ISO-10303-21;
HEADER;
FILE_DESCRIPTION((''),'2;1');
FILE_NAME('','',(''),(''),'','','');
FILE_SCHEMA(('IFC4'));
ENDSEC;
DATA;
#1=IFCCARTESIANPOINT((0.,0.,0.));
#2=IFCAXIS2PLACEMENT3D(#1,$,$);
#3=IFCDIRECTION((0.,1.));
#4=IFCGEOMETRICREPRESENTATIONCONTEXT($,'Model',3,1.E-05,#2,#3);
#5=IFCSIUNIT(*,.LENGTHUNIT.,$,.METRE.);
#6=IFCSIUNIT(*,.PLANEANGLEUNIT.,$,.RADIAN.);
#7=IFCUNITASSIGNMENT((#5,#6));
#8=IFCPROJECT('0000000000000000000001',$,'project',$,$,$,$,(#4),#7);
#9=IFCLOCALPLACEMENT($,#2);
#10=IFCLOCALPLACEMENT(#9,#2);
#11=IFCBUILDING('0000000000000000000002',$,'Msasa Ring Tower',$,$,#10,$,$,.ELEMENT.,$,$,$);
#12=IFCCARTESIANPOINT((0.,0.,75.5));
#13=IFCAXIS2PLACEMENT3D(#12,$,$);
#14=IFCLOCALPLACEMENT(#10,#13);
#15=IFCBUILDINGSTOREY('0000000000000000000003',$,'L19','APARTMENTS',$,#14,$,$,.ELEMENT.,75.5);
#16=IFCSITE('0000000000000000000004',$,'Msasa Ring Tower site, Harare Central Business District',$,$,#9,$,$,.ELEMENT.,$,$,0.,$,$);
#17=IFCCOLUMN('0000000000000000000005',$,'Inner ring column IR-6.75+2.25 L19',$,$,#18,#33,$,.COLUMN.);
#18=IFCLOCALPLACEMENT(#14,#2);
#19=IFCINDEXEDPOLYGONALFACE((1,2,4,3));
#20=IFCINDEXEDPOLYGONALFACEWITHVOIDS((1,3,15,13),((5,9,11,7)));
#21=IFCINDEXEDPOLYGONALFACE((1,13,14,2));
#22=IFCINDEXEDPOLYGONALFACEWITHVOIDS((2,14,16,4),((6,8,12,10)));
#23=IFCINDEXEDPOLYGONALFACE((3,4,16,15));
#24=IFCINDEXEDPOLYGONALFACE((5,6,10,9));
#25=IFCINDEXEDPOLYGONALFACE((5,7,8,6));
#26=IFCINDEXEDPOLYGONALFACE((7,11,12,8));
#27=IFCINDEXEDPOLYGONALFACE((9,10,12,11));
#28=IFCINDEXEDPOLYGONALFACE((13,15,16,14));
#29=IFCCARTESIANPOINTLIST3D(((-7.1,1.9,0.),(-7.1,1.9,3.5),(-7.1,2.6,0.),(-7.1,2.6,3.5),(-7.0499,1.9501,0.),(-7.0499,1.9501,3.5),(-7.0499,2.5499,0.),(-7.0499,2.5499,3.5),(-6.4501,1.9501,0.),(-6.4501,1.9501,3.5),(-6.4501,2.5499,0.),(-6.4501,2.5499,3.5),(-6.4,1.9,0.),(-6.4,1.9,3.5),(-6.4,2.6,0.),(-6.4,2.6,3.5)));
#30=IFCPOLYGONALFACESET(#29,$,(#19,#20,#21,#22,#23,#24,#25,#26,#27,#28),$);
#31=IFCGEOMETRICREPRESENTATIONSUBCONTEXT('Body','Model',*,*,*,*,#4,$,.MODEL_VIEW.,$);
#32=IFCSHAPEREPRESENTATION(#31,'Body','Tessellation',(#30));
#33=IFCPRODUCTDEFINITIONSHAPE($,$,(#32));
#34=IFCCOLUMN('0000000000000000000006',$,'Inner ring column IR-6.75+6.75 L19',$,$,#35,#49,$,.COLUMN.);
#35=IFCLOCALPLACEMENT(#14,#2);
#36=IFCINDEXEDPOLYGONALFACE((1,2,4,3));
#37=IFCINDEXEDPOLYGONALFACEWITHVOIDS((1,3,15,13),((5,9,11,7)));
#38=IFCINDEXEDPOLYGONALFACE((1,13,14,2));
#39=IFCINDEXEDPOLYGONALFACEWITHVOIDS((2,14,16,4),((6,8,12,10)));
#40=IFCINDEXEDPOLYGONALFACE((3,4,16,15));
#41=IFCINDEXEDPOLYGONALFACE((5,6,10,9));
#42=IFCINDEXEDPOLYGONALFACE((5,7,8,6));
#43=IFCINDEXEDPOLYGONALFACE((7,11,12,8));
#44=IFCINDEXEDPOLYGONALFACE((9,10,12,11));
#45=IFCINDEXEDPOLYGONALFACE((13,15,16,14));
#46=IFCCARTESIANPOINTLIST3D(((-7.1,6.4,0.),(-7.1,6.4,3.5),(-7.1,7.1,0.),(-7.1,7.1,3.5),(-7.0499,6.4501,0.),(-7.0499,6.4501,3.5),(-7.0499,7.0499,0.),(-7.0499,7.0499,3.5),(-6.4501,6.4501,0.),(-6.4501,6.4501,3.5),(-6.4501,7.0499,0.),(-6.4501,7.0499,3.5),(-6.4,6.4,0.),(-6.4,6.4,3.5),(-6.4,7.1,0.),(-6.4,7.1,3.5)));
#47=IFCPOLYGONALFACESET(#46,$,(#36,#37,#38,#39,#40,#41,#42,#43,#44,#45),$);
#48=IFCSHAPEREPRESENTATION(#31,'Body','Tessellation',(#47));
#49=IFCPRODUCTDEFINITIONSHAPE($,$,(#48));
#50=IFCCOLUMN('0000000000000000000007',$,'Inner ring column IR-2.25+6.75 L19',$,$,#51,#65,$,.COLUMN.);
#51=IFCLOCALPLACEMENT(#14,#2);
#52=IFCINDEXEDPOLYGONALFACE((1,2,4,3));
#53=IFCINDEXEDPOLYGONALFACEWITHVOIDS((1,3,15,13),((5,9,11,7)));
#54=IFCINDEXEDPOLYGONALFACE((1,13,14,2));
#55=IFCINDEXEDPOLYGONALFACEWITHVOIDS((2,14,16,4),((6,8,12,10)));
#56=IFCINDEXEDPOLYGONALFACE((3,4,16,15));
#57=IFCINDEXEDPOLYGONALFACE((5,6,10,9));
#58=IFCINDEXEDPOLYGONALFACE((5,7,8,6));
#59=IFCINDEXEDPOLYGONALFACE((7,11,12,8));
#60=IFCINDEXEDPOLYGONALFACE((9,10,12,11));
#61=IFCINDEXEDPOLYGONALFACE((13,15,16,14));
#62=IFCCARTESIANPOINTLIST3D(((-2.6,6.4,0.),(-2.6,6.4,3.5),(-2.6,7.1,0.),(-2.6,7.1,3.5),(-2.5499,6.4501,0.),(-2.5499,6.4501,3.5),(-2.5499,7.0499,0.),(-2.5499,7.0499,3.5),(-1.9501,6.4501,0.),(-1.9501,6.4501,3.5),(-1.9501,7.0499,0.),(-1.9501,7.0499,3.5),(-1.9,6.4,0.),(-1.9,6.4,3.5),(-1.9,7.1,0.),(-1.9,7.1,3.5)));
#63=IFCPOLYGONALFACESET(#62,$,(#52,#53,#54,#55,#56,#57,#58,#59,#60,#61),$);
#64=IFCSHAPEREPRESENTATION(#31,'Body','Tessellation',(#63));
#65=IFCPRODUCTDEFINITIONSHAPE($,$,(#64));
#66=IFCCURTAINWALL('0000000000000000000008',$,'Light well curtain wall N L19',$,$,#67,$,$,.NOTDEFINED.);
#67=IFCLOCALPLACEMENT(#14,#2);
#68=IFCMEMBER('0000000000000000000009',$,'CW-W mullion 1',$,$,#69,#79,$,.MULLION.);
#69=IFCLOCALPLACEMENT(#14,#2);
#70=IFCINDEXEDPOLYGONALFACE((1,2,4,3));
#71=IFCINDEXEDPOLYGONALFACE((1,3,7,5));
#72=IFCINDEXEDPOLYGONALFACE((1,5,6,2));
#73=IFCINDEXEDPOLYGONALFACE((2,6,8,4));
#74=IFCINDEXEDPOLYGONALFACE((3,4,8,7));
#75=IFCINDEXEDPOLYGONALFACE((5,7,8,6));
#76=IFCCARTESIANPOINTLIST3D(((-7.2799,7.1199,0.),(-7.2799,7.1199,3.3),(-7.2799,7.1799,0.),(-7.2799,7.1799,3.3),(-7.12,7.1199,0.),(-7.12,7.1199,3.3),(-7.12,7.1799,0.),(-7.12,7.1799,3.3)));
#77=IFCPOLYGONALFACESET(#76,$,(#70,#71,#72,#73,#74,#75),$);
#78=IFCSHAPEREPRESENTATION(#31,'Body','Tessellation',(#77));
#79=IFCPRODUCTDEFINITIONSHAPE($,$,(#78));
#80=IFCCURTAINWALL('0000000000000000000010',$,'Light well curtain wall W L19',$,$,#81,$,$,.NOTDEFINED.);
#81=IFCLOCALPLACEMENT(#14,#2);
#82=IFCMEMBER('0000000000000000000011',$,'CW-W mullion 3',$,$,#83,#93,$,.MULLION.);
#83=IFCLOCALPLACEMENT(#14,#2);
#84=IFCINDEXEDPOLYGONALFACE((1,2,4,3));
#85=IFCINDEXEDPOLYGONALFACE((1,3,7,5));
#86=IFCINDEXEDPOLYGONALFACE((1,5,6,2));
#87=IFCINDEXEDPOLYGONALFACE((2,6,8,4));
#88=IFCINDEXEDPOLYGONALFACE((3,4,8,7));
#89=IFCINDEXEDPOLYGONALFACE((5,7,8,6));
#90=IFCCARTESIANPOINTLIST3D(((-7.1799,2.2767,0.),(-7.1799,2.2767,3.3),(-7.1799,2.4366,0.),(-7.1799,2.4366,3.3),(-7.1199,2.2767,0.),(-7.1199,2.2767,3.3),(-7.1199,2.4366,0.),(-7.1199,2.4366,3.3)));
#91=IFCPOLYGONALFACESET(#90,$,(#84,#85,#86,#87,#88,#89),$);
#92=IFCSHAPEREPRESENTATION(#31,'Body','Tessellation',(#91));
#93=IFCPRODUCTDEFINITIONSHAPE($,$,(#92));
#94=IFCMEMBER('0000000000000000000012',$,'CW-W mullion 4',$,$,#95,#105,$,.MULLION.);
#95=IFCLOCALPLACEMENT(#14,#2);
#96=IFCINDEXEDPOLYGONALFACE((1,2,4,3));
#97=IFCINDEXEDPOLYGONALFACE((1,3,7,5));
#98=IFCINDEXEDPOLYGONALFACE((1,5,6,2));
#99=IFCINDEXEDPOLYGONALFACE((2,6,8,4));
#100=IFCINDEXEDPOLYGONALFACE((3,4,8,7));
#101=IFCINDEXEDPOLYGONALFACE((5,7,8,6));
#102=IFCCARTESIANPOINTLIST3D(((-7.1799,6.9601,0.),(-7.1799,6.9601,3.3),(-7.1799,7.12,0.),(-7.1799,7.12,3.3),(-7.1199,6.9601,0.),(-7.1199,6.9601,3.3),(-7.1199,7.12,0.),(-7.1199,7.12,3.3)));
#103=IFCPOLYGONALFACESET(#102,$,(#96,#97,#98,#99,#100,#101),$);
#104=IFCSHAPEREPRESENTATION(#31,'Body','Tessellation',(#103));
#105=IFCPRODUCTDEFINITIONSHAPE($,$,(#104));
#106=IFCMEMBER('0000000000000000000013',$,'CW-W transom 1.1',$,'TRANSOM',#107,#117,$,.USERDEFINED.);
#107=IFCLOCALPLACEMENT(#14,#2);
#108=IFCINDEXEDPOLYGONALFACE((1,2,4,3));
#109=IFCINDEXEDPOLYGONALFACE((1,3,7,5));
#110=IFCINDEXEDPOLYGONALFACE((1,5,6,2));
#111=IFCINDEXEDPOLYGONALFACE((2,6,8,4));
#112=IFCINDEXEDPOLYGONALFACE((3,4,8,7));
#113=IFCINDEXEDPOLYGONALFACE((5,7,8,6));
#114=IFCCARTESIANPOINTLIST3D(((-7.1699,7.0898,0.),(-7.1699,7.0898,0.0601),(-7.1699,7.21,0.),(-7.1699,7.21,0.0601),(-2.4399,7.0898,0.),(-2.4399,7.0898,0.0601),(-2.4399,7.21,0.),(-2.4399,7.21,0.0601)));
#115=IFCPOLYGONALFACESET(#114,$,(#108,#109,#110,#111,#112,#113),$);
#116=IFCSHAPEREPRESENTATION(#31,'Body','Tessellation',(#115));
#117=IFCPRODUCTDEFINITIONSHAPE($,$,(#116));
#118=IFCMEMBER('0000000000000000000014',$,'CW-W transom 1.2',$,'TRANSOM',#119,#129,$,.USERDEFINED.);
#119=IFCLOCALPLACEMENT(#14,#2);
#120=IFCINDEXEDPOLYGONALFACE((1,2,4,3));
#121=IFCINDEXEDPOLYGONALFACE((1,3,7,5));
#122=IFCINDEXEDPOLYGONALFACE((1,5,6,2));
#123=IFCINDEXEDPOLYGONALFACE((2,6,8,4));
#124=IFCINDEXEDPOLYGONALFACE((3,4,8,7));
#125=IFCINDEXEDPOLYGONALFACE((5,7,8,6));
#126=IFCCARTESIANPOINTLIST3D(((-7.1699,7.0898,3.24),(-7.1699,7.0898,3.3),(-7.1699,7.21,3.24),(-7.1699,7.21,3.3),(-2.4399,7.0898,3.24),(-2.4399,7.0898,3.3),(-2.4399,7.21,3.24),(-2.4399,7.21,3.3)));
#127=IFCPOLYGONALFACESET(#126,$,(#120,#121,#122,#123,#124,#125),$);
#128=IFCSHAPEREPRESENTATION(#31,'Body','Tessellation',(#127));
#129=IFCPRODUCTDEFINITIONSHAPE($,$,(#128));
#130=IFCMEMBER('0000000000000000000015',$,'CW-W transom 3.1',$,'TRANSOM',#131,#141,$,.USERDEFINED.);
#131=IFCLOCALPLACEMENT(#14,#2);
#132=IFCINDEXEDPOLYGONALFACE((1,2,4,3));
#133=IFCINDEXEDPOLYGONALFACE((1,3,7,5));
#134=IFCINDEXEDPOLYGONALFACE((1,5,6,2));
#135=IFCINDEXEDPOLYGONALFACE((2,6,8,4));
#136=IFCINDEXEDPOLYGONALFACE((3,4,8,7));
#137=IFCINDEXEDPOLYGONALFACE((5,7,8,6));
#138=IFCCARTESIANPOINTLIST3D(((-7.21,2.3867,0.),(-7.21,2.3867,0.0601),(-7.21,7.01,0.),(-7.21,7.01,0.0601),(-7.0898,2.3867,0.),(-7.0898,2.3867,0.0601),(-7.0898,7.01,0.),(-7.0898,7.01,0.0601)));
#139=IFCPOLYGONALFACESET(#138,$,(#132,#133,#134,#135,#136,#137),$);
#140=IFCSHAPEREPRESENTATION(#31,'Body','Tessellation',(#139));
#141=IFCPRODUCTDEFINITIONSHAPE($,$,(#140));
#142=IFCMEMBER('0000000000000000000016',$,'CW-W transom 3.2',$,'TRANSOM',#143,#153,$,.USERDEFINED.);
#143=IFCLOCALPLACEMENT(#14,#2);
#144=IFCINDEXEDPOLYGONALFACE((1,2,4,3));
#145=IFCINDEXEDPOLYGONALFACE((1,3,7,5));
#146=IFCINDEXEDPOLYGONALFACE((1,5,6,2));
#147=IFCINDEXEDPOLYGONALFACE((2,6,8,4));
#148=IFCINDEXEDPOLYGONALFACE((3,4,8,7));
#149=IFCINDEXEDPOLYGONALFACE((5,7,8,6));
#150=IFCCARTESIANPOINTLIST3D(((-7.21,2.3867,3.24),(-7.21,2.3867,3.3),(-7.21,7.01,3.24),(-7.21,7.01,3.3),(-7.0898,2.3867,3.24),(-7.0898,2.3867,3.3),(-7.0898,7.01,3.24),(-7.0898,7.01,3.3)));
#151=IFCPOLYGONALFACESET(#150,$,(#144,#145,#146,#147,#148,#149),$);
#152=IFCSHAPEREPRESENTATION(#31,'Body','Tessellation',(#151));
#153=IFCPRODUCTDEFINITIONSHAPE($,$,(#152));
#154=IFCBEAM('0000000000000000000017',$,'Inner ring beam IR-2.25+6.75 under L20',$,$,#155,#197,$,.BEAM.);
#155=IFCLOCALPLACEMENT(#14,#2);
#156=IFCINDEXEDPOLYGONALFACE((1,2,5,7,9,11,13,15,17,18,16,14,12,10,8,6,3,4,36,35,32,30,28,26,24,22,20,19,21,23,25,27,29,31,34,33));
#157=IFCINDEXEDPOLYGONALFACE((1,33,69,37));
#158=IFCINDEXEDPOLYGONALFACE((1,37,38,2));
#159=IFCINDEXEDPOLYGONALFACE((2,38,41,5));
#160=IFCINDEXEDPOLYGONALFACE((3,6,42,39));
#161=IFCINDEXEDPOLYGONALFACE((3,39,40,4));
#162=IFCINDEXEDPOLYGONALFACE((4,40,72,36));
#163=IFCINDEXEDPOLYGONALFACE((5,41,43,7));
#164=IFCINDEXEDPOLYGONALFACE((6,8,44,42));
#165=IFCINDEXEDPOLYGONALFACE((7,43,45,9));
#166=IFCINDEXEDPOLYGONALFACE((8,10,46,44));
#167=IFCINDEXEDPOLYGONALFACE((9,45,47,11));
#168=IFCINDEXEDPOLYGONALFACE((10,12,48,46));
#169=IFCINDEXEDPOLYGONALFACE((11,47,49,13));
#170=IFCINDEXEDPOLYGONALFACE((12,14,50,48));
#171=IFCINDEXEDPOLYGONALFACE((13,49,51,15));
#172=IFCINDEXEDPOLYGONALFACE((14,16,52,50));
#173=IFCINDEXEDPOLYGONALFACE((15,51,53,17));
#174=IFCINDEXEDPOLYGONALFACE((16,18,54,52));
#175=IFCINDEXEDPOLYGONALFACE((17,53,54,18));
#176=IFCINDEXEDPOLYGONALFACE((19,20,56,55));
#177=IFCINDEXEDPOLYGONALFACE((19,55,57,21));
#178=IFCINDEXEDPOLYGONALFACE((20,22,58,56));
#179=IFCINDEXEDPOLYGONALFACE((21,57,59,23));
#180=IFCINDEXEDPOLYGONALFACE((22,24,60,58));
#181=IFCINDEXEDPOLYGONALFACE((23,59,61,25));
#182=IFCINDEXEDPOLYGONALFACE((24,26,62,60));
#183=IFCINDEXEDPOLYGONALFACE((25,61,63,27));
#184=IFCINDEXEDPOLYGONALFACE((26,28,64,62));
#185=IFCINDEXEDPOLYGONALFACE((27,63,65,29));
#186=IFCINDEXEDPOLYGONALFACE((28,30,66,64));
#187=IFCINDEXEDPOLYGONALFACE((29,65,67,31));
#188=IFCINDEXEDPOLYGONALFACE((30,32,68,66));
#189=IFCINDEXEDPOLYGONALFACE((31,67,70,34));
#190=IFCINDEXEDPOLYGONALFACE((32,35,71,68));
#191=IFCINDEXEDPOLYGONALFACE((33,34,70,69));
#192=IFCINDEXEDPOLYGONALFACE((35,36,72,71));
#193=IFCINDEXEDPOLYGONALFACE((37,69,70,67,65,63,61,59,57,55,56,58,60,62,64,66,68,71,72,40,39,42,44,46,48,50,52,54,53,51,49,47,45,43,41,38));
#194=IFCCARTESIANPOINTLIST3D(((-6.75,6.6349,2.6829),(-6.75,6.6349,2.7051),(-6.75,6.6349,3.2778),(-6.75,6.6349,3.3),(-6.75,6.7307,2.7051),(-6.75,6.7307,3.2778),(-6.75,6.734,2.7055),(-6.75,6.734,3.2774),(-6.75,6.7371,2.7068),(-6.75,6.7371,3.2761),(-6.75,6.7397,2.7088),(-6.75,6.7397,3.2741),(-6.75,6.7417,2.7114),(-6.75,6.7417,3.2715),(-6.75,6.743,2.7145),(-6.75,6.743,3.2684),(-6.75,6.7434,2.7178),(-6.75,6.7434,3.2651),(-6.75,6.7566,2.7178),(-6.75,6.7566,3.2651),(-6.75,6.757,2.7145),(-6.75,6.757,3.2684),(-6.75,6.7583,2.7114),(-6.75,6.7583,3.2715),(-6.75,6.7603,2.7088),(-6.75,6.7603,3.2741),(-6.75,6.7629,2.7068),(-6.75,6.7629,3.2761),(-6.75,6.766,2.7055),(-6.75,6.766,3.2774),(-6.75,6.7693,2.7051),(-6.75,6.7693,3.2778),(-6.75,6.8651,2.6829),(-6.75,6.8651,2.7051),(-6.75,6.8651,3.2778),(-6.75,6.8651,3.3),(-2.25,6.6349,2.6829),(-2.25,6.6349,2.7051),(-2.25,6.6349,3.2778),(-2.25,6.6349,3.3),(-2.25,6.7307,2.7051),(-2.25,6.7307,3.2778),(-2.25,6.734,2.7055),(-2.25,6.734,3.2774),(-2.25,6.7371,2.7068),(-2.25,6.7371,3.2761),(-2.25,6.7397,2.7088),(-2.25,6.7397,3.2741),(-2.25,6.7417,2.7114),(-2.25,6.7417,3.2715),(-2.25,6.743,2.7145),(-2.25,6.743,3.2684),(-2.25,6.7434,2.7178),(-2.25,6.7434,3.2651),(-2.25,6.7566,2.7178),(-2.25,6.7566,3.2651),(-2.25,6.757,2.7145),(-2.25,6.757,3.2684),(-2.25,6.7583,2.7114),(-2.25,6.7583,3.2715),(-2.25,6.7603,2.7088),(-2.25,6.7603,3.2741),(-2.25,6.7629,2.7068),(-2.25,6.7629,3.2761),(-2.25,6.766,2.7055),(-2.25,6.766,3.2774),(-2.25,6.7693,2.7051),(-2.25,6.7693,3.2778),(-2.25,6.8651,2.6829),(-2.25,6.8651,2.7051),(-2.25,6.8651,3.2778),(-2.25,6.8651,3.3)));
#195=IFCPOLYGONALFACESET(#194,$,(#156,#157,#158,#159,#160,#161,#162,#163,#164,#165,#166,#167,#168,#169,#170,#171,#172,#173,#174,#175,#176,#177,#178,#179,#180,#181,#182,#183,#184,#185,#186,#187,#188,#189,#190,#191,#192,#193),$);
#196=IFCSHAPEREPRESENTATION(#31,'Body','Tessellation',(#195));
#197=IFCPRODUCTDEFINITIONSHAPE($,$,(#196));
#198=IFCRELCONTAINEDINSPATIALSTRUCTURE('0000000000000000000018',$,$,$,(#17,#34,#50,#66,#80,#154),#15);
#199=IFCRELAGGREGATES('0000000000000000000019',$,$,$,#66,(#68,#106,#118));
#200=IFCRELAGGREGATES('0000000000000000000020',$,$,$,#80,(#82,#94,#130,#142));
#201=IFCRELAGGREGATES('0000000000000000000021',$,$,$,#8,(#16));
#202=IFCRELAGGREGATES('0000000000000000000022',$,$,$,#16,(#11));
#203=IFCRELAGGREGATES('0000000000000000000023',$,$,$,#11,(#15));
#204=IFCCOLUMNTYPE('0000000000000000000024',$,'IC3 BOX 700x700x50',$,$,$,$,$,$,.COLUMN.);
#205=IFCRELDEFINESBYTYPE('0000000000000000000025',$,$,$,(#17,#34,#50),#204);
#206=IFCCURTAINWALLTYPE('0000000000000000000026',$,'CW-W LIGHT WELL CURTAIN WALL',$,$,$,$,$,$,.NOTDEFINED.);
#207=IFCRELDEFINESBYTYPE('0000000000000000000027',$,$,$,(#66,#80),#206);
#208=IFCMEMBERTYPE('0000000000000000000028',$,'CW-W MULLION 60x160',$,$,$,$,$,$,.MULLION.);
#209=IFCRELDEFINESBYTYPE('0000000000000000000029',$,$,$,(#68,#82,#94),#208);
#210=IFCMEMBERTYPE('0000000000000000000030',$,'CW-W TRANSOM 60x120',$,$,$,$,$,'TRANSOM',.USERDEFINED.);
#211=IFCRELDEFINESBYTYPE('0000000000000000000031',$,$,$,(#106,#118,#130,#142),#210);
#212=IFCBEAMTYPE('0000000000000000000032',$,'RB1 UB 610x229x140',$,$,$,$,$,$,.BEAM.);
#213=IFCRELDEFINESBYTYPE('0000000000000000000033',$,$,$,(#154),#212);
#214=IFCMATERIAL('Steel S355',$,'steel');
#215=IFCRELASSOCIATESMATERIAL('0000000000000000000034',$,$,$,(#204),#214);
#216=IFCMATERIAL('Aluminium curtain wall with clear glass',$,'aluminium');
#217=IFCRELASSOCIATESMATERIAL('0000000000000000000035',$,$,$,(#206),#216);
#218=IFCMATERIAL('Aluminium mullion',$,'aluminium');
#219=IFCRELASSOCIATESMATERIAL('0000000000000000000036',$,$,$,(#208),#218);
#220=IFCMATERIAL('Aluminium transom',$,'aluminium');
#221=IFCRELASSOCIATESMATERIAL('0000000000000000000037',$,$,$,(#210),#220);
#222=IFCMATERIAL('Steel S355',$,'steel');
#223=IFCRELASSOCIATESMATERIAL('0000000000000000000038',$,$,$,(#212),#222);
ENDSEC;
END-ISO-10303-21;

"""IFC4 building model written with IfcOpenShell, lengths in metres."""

from ifc_helpers import new_model, si_unit, direction, frame, origin, origin_2d, place, context, subcontext, project, spatial, rectangle, hollow_rectangle, i_section, extrude, material, material_profile, profile_set, type_object, element, aggregate, save


model = new_model("IFC4")

# Units and contexts
model_context = context("Model", 3, precision=1e-05, world=origin(), true_north=direction((0.0, 1.0)))
body_context = subcontext(model_context, "Body", "Model", "MODEL_VIEW")
ifc_project = project(units=[si_unit("LENGTHUNIT", "METRE"), si_unit("PLANEANGLEUNIT", "RADIAN")], contexts=[model_context])

# Site, building, storey
site_placement = place(None, origin())
site = spatial("IfcSite", under=ifc_project, at=site_placement, Name="Msasa Ring Tower site, Harare Central Business District", CompositionType="ELEMENT", RefElevation=0.0)
building_placement = place(site_placement, origin())
building = spatial("IfcBuilding", under=site, at=building_placement, Name="Msasa Ring Tower", CompositionType="ELEMENT")
storey_placement = place(building_placement, frame((0.0, 0.0, 75.5)))
storey = spatial("IfcBuildingStorey", under=building, at=storey_placement, Name="L19", Description="APARTMENTS", CompositionType="ELEMENT", Elevation=75.5)

# Columns
ifc_material_1 = material(Name="Steel S355", Category="steel")
ifc_material_profile_1 = material_profile(ifc_material_1, hollow_rectangle(XDim=0.7, YDim=0.7, WallThickness=0.05, at=origin_2d()), Name="BOX 700x700x50")
ifc_profile_set_1 = profile_set([ifc_material_profile_1], Name="Steel S355")
column_type = type_object("IfcColumnType", Name="IC3 BOX 700x700x50", PredefinedType="COLUMN", material=ifc_profile_set_1)
for number, where, z_axis, x_axis, name in (
    (1, (-6.75, 2.25, 0.0), (0.0, 0.0, 1.0), (1.0, 0.0, 0.0), "Inner ring column IR-6.75+2.25 L19"),
    (2, (-6.75, 6.75, 0.0), (0.0, 0.0, 1.0), (1.0, 0.0, 0.0), "Inner ring column IR-6.75+6.75 L19"),
    (3, (-2.25, 6.75, 0.0), (0.0, 0.0, 1.0), (1.0, 0.0, 0.0), "Inner ring column IR-2.25+6.75 L19"),
):
    element("IfcColumn", number, at=place(storey_placement, frame(where, z_axis=z_axis, x_axis=x_axis)), inside=storey, type_object=column_type, Name=name, PredefinedType="COLUMN", context=body_context, shape_type="SweptSolid", body=[
        extrude(hollow_rectangle(XDim=0.7, YDim=0.7, WallThickness=0.05, at=origin_2d()), origin(), (0.0, 0.0, 1.0), 3.5),
    ])

# Curtain wall, member
ifc_material_2 = material(Name="Aluminium curtain wall with clear glass", Category="aluminium")
curtain_wall_type = type_object("IfcCurtainWallType", Name="CW-W LIGHT WELL CURTAIN WALL", PredefinedType="NOTDEFINED", material=ifc_material_2)
curtain_wall_1_placement = place(storey_placement, origin())
curtain_wall_1 = element("IfcCurtainWall", 4, at=curtain_wall_1_placement, inside=storey, type_object=curtain_wall_type, Name="Light well curtain wall N L19", PredefinedType="NOTDEFINED")
ifc_material_3 = material(Name="Aluminium mullion", Category="aluminium")
ifc_material_profile_2 = material_profile(ifc_material_3, rectangle(XDim=0.0601, YDim=0.1599, at=origin_2d()), Name="AL 60x160")
ifc_profile_set_2 = profile_set([ifc_material_profile_2], Name="Aluminium mullion")
member_type_1 = type_object("IfcMemberType", Name="CW-W MULLION 60x160", PredefinedType="MULLION", material=ifc_profile_set_2)
member_1_placement = place(storey_placement, frame((-7.2, 7.1499, 0.0), z_axis=(0.0, 0.0, 1.0), x_axis=(0.0, 1.0, 0.0)))
member_1 = element("IfcMember", 5, at=member_1_placement, type_object=member_type_1, Name="CW-W mullion 1", PredefinedType="MULLION", context=body_context, shape_type="SweptSolid", body=[
    extrude(rectangle(XDim=0.0601, YDim=0.1599, at=origin_2d()), origin(), (0.0, 0.0, 1.0), 3.3),
])

# Curtain wall, members
curtain_wall_2_placement = place(storey_placement, origin())
curtain_wall_2 = element("IfcCurtainWall", 6, at=curtain_wall_2_placement, inside=storey, type_object=curtain_wall_type, Name="Light well curtain wall W L19", PredefinedType="NOTDEFINED")
member_2_placement = place(storey_placement, frame((-7.1499, 2.3567, 0.0), z_axis=(0.0, 0.0, 1.0), x_axis=(-1.0, 0.0, 0.0)))
member_2 = element("IfcMember", 7, at=member_2_placement, type_object=member_type_1, Name="CW-W mullion 3", PredefinedType="MULLION", context=body_context, shape_type="SweptSolid", body=[
    extrude(rectangle(XDim=0.0601, YDim=0.1599, at=origin_2d()), origin(), (0.0, 0.0, 1.0), 3.3),
])
member_3_placement = place(storey_placement, frame((-7.1499, 7.04, 0.0), z_axis=(0.0, 0.0, 1.0), x_axis=(-1.0, 0.0, 0.0)))
member_3 = element("IfcMember", 8, at=member_3_placement, type_object=member_type_1, Name="CW-W mullion 4", PredefinedType="MULLION", context=body_context, shape_type="SweptSolid", body=[
    extrude(rectangle(XDim=0.0601, YDim=0.1599, at=origin_2d()), origin(), (0.0, 0.0, 1.0), 3.3),
])

# Members
ifc_material_4 = material(Name="Aluminium transom", Category="aluminium")
ifc_material_profile_3 = material_profile(ifc_material_4, rectangle(XDim=0.1201, YDim=0.0601, at=origin_2d()), Name="AL 60x120")
ifc_profile_set_3 = profile_set([ifc_material_profile_3], Name="Aluminium transom")
member_type_2 = type_object("IfcMemberType", Name="CW-W TRANSOM 60x120", ElementType="TRANSOM", PredefinedType="USERDEFINED", material=ifc_profile_set_3)
member_4_placement = place(storey_placement, frame((-7.1699, 7.1499, 0.03), z_axis=(1.0, 0.0, 0.0), x_axis=(0.0, 1.0, 0.0)))
member_4 = element("IfcMember", 9, at=member_4_placement, type_object=member_type_2, Name="CW-W transom 1.1", ObjectType="TRANSOM", PredefinedType="USERDEFINED", context=body_context, shape_type="SweptSolid", body=[
    extrude(rectangle(XDim=0.1201, YDim=0.0601, at=origin_2d()), origin(), (0.0, 0.0, 1.0), 4.73),
])
member_5_placement = place(storey_placement, frame((-7.1699, 7.1499, 3.27), z_axis=(1.0, 0.0, 0.0), x_axis=(0.0, 1.0, 0.0)))
member_5 = element("IfcMember", 10, at=member_5_placement, type_object=member_type_2, Name="CW-W transom 1.2", ObjectType="TRANSOM", PredefinedType="USERDEFINED", context=body_context, shape_type="SweptSolid", body=[
    extrude(rectangle(XDim=0.1201, YDim=0.0601, at=origin_2d()), origin(), (0.0, 0.0, 1.0), 4.73),
])
member_6_placement = place(storey_placement, frame((-7.1499, 2.3867, 0.03), z_axis=(0.0, 1.0, 0.0), x_axis=(-1.0, 0.0, 0.0)))
member_6 = element("IfcMember", 11, at=member_6_placement, type_object=member_type_2, Name="CW-W transom 3.1", ObjectType="TRANSOM", PredefinedType="USERDEFINED", context=body_context, shape_type="SweptSolid", body=[
    extrude(rectangle(XDim=0.1201, YDim=0.0601, at=origin_2d()), origin(), (0.0, 0.0, 1.0), 4.6233),
])
member_7_placement = place(storey_placement, frame((-7.1499, 2.3867, 3.27), z_axis=(0.0, 1.0, 0.0), x_axis=(-1.0, 0.0, 0.0)))
member_7 = element("IfcMember", 12, at=member_7_placement, type_object=member_type_2, Name="CW-W transom 3.2", ObjectType="TRANSOM", PredefinedType="USERDEFINED", context=body_context, shape_type="SweptSolid", body=[
    extrude(rectangle(XDim=0.1201, YDim=0.0601, at=origin_2d()), origin(), (0.0, 0.0, 1.0), 4.6233),
])

# Beam
ifc_material_5 = material(Name="Steel S355", Category="steel")
ifc_material_profile_4 = material_profile(ifc_material_5, i_section(OverallWidth=0.2302, OverallDepth=0.6172, WebThickness=0.0132, FlangeThickness=0.0222, FilletRadius=0.0127, at=origin_2d()), Name="UB 610x229x140")
ifc_profile_set_4 = profile_set([ifc_material_profile_4], Name="Steel S355")
beam_type = type_object("IfcBeamType", Name="RB1 UB 610x229x140", PredefinedType="BEAM", material=ifc_profile_set_4)
for number, where, z_axis, x_axis, name in (
    (13, (-2.25, 6.75, 2.9915), (-1.0, 0.0, 0.0), (0.0, -1.0, 0.0), "Inner ring beam IR-2.25+6.75 under L20"),
):
    element("IfcBeam", number, at=place(storey_placement, frame(where, z_axis=z_axis, x_axis=x_axis)), inside=storey, type_object=beam_type, Name=name, PredefinedType="BEAM", context=body_context, shape_type="SweptSolid", body=[
        extrude(i_section(OverallWidth=0.2302, OverallDepth=0.6172, WebThickness=0.0132, FlangeThickness=0.0222, FilletRadius=0.0127, at=origin_2d()), origin(), (0.0, 0.0, 1.0), 4.5),
    ])

aggregate(curtain_wall_1, [member_1, member_4, member_5])
aggregate(curtain_wall_2, [member_2, member_3, member_6, member_7])

save(model, "model.ifc")
